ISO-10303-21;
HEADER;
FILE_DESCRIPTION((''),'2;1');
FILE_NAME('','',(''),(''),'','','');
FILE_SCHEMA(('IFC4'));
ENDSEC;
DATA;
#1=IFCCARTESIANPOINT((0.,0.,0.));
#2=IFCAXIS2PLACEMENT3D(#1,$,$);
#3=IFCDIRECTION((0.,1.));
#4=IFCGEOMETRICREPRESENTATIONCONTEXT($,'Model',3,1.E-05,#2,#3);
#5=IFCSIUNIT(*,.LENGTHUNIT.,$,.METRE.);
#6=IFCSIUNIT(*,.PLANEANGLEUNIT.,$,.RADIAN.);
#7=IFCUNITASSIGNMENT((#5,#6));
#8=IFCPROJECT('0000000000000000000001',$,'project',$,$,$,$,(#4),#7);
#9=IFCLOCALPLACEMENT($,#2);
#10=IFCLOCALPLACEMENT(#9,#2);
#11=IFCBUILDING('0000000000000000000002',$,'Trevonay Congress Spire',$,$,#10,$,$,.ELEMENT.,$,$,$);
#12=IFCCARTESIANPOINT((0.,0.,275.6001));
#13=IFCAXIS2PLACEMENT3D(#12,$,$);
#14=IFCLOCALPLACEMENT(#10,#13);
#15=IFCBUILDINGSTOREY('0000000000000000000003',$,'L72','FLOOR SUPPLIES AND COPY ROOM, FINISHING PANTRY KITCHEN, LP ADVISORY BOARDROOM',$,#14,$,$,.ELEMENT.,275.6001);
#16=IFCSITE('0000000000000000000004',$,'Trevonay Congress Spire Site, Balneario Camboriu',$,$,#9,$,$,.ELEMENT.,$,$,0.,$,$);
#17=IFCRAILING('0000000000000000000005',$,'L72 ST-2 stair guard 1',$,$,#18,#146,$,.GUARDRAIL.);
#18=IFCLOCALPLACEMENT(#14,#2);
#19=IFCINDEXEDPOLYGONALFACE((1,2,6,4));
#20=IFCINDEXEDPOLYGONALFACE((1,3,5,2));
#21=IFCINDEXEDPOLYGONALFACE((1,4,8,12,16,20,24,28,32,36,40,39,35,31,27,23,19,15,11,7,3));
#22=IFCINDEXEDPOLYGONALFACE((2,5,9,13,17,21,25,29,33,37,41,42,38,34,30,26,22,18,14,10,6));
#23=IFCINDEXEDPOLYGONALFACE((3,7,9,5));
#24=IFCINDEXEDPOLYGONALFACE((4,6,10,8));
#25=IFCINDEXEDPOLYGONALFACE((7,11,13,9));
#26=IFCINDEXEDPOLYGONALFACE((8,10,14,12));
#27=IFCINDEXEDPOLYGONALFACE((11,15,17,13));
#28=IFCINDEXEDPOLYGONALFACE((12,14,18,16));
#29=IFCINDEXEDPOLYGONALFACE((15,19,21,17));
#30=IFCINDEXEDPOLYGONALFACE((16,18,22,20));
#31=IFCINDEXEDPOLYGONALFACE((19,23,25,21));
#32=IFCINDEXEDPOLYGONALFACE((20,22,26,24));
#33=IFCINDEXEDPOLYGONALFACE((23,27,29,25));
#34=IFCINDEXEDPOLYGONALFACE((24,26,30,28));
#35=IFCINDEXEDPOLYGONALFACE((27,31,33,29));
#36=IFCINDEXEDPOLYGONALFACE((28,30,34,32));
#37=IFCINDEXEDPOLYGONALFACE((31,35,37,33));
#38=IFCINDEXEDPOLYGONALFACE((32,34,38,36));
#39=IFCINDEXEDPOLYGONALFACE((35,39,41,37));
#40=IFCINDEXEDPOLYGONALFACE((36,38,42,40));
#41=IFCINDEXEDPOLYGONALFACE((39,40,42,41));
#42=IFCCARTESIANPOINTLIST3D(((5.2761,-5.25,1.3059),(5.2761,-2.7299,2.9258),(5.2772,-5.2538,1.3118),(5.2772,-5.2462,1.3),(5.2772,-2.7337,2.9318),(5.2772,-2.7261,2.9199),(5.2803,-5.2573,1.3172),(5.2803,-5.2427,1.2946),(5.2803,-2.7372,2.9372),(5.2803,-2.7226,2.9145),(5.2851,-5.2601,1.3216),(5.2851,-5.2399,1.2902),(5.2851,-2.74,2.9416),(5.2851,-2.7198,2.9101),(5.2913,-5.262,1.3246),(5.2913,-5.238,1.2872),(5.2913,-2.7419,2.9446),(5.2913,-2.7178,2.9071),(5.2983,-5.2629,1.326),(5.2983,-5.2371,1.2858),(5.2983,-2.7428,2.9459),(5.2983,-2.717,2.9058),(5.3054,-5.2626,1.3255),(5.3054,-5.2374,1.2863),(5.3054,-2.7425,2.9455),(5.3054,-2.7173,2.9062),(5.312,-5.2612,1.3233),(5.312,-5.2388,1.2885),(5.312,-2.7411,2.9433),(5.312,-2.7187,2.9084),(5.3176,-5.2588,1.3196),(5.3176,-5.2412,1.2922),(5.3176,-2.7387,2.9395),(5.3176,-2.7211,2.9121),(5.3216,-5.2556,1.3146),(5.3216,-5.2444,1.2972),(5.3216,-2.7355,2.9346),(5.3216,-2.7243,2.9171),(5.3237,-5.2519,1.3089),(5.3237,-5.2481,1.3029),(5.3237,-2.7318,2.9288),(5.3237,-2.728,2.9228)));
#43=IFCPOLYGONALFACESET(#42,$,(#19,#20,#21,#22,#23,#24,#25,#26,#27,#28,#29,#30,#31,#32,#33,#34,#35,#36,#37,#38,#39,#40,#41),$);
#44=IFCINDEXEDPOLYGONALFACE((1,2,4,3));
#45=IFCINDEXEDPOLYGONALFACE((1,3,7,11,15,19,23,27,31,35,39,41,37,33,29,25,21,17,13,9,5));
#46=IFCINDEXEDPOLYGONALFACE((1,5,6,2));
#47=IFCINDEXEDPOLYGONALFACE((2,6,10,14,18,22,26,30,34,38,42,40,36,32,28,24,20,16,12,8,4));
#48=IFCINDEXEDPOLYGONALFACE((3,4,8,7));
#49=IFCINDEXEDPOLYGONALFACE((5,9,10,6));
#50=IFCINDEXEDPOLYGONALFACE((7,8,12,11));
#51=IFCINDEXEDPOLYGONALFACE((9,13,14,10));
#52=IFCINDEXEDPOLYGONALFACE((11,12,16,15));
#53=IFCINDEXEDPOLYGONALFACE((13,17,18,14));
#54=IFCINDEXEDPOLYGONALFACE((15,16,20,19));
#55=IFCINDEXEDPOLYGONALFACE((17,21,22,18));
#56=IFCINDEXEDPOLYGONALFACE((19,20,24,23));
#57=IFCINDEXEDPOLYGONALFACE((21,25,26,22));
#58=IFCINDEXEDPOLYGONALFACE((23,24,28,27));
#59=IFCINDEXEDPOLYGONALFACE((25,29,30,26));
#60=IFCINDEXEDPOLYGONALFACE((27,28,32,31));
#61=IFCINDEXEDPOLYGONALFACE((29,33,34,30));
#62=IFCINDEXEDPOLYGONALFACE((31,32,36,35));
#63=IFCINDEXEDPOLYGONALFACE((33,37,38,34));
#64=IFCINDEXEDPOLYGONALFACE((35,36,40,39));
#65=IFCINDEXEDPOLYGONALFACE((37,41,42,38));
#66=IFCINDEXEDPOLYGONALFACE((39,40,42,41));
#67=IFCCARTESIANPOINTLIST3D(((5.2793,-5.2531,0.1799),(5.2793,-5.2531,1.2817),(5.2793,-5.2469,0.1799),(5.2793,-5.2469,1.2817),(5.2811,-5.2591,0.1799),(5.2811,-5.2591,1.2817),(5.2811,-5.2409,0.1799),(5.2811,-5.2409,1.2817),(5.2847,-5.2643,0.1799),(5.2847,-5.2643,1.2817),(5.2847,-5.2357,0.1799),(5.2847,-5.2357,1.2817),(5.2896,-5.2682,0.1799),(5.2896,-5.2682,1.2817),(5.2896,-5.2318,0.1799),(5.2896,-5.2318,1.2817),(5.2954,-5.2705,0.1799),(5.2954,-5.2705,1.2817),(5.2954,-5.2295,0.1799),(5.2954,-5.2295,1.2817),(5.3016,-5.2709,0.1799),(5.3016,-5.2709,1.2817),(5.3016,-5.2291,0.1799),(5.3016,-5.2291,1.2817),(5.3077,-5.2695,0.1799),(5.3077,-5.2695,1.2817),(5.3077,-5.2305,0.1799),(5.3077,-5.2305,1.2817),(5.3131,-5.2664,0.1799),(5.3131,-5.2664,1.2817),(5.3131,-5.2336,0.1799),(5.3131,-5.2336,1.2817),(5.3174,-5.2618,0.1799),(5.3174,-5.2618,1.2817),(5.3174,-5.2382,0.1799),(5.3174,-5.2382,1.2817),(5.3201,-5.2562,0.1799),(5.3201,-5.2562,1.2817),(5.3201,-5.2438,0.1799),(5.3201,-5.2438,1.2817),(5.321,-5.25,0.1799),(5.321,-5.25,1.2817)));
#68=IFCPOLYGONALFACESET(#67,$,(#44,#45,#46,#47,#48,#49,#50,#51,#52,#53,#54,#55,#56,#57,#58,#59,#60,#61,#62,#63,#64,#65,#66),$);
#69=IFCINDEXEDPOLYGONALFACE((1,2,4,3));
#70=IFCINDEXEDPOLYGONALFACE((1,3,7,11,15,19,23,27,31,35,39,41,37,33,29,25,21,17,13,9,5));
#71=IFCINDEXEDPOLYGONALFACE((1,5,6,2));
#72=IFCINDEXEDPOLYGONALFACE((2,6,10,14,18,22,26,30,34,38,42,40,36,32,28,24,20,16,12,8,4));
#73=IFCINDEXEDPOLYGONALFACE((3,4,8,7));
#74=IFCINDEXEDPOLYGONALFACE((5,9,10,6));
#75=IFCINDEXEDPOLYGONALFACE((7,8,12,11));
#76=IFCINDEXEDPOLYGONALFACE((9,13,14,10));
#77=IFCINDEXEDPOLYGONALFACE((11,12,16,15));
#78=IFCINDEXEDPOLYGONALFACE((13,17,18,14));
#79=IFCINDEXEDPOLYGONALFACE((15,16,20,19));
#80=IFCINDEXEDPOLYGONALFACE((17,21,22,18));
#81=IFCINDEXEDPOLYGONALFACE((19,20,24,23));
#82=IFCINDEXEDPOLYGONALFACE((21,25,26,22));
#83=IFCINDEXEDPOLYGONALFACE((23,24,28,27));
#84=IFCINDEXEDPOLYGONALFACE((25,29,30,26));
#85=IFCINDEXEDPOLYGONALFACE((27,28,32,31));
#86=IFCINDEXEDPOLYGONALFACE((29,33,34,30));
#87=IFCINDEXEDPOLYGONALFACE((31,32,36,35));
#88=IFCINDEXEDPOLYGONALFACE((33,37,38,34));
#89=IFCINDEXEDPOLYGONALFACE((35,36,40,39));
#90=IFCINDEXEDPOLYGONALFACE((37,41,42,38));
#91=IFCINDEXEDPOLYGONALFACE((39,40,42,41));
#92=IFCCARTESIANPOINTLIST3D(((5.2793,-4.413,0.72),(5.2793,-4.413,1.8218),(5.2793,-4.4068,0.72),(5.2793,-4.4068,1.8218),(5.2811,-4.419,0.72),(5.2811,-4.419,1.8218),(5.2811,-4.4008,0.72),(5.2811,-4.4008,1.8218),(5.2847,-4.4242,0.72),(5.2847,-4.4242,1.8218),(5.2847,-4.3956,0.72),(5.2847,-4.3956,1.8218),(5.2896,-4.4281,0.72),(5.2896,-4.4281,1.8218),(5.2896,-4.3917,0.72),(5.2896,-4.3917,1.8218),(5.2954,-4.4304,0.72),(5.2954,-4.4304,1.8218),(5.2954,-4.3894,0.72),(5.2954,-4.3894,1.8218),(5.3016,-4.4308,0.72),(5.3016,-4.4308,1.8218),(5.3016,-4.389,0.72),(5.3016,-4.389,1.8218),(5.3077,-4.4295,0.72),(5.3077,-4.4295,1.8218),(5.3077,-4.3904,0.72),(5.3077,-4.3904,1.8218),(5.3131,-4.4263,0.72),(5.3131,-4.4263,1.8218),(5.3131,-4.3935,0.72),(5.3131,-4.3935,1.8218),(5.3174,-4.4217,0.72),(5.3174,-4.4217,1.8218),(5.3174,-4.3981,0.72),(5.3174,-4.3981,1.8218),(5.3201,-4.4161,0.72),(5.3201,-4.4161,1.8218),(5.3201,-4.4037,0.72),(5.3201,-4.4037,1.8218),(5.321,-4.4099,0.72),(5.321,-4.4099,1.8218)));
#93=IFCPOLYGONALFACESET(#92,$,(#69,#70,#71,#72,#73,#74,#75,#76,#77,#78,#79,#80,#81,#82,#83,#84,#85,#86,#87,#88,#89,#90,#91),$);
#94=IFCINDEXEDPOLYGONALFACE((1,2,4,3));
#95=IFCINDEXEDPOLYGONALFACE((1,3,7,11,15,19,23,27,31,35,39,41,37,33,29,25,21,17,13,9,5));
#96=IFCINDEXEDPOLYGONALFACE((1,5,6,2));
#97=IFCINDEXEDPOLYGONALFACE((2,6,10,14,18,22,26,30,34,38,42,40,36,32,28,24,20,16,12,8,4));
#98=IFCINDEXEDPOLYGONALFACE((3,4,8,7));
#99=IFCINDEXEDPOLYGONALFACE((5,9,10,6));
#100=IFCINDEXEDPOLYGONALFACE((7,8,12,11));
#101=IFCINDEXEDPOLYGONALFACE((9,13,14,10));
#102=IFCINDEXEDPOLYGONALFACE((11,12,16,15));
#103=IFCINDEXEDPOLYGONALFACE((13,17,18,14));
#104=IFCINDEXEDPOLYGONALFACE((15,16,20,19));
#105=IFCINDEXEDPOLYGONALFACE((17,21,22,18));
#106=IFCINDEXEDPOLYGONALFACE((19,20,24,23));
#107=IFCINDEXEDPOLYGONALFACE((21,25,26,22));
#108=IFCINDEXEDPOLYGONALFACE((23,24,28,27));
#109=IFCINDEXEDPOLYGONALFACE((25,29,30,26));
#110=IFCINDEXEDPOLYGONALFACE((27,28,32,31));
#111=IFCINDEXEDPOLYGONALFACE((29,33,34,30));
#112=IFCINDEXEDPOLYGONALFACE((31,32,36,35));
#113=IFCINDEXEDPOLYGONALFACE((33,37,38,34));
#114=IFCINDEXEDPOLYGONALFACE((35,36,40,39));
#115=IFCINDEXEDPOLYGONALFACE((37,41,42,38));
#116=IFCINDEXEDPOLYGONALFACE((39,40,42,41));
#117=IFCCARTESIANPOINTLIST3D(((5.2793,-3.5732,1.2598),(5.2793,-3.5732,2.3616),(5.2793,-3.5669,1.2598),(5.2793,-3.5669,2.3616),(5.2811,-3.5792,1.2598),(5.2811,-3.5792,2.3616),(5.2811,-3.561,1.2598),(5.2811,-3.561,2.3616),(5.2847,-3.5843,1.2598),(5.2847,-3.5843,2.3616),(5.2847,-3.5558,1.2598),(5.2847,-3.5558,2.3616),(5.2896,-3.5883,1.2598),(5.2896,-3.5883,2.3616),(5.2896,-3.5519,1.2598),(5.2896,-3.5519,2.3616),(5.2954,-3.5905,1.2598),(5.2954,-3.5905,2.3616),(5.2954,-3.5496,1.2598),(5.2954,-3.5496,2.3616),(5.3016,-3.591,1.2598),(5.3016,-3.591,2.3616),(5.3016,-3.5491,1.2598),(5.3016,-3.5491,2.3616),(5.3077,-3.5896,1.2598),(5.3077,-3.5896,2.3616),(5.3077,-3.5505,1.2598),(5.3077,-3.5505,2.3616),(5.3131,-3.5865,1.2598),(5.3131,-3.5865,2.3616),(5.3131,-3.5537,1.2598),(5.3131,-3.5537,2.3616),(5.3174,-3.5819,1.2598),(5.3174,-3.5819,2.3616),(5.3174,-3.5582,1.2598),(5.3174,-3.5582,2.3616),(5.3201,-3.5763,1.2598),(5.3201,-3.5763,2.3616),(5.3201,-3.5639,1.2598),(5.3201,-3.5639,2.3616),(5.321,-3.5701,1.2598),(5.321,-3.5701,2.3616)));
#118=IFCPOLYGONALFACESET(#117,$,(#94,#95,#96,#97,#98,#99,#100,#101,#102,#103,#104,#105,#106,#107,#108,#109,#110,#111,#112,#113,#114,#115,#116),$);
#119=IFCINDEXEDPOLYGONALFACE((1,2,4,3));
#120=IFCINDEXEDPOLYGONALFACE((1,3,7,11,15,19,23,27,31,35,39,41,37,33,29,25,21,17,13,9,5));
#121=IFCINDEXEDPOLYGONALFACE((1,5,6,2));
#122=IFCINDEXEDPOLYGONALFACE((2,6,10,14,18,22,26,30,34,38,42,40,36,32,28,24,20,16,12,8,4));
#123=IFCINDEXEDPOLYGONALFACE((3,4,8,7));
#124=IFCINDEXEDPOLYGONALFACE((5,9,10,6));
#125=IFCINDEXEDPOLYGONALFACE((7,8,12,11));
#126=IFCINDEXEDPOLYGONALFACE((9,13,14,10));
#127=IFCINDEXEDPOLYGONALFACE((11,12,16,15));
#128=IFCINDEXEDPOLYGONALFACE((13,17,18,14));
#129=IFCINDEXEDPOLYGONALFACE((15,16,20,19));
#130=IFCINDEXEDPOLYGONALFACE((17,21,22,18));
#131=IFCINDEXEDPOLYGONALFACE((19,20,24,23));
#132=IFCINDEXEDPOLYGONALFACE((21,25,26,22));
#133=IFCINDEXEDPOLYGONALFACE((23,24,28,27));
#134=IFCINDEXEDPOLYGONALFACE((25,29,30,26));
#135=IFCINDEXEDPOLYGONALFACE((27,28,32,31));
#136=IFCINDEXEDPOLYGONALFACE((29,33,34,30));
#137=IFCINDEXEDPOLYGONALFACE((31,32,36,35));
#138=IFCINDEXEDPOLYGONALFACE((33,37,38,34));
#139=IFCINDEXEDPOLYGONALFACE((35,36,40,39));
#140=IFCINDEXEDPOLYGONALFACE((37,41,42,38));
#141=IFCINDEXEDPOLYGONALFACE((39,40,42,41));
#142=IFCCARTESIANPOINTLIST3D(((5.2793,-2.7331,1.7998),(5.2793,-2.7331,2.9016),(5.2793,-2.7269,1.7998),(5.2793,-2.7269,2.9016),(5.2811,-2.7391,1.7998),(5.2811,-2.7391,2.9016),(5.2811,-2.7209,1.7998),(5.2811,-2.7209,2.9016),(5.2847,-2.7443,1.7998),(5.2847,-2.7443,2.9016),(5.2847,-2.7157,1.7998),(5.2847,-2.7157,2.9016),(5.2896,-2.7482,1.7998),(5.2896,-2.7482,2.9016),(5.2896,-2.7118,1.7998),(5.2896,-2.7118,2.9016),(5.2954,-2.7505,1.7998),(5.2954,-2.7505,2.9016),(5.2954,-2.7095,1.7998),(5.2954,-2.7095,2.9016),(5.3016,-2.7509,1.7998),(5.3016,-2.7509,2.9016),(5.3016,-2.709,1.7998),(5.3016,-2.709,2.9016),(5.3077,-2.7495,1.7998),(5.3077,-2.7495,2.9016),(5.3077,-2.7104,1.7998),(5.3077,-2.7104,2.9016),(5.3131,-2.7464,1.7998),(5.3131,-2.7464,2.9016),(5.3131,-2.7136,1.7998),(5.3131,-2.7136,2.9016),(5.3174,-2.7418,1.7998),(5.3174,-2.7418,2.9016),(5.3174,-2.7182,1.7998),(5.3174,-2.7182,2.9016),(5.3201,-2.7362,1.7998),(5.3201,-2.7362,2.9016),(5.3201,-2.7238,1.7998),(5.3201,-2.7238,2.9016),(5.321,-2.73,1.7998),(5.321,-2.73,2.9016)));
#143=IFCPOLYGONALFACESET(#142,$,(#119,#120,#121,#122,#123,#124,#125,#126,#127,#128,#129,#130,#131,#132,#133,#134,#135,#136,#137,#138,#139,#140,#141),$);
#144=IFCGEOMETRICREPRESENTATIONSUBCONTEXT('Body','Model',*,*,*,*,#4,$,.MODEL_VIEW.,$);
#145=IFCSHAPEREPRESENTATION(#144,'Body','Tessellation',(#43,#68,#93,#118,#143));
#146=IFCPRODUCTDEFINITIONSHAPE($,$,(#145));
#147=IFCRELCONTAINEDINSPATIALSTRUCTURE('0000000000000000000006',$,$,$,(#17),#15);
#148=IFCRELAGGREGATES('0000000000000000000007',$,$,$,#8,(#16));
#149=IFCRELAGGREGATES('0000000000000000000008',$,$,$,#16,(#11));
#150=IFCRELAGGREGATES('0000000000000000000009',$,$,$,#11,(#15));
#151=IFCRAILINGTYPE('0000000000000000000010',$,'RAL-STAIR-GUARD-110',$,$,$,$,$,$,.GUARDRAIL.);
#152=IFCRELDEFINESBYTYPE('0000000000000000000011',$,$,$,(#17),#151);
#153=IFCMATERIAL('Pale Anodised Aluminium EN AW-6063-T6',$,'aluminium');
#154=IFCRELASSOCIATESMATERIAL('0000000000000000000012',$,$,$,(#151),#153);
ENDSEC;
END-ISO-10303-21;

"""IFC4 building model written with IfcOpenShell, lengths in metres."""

from ifc_helpers import new_model, si_unit, direction, frame, origin, origin_2d, place, context, subcontext, project, spatial, circle, extrude, material, type_object, element, save


model = new_model("IFC4")

# Units and contexts
model_context = context("Model", 3, precision=1e-05, world=origin(), true_north=direction((0.0, 1.0)))
body_context = subcontext(model_context, "Body", "Model", "MODEL_VIEW")
ifc_project = project(units=[si_unit("LENGTHUNIT", "METRE"), si_unit("PLANEANGLEUNIT", "RADIAN")], contexts=[model_context])

# Site, building, storey
site_placement = place(None, origin())
site = spatial("IfcSite", under=ifc_project, at=site_placement, Name="Trevonay Congress Spire Site, Balneario Camboriu", CompositionType="ELEMENT", RefElevation=0.0)
building_placement = place(site_placement, origin())
building = spatial("IfcBuilding", under=site, at=building_placement, Name="Trevonay Congress Spire", CompositionType="ELEMENT")
storey_placement = place(building_placement, frame((0.0, 0.0, 275.6001)))
storey = spatial("IfcBuildingStorey", under=building, at=storey_placement, Name="L72", Description="FLOOR SUPPLIES AND COPY ROOM, FINISHING PANTRY KITCHEN, LP ADVISORY BOARDROOM", CompositionType="ELEMENT", Elevation=275.6001)

# Railing
ifc_material_1 = material(Name="Pale Anodised Aluminium EN AW-6063-T6", Category="aluminium")
railing_type_1 = type_object("IfcRailingType", Name="RAL-STAIR-GUARD-110", PredefinedType="GUARDRAIL", material=ifc_material_1)
railing_1_placement = place(storey_placement, frame((5.3, -5.25, 0.1799)))
element("IfcRailing", 1, at=railing_1_placement, inside=storey, type_object=railing_type_1, Name="L72 ST-2 stair guard 1", PredefinedType="GUARDRAIL", context=body_context, shape_type="SweptSolid", body=[
    extrude(circle(Radius=0.0239, at=origin_2d()), frame((0.0, 0.0, 1.126), z_axis=(0.0, 0.8412, 0.540725), x_axis=(-1.0, 0.0, 0.0)), (0.0, 0.0, 1.0), 2.9958),
    extrude(circle(Radius=0.021, at=origin_2d()), origin(), (0.0, 0.0, 1.0), 1.1018),
    extrude(circle(Radius=0.021, at=origin_2d()), frame((0.0, 0.8401, 0.54)), (0.0, 0.0, 1.0), 1.1018),
    extrude(circle(Radius=0.021, at=origin_2d()), frame((0.0, 1.6799, 1.0798)), (0.0, 0.0, 1.0), 1.1018),
    extrude(circle(Radius=0.021, at=origin_2d()), frame((0.0, 2.52, 1.6199)), (0.0, 0.0, 1.0), 1.1018),
])

save(model, "model.ifc")
